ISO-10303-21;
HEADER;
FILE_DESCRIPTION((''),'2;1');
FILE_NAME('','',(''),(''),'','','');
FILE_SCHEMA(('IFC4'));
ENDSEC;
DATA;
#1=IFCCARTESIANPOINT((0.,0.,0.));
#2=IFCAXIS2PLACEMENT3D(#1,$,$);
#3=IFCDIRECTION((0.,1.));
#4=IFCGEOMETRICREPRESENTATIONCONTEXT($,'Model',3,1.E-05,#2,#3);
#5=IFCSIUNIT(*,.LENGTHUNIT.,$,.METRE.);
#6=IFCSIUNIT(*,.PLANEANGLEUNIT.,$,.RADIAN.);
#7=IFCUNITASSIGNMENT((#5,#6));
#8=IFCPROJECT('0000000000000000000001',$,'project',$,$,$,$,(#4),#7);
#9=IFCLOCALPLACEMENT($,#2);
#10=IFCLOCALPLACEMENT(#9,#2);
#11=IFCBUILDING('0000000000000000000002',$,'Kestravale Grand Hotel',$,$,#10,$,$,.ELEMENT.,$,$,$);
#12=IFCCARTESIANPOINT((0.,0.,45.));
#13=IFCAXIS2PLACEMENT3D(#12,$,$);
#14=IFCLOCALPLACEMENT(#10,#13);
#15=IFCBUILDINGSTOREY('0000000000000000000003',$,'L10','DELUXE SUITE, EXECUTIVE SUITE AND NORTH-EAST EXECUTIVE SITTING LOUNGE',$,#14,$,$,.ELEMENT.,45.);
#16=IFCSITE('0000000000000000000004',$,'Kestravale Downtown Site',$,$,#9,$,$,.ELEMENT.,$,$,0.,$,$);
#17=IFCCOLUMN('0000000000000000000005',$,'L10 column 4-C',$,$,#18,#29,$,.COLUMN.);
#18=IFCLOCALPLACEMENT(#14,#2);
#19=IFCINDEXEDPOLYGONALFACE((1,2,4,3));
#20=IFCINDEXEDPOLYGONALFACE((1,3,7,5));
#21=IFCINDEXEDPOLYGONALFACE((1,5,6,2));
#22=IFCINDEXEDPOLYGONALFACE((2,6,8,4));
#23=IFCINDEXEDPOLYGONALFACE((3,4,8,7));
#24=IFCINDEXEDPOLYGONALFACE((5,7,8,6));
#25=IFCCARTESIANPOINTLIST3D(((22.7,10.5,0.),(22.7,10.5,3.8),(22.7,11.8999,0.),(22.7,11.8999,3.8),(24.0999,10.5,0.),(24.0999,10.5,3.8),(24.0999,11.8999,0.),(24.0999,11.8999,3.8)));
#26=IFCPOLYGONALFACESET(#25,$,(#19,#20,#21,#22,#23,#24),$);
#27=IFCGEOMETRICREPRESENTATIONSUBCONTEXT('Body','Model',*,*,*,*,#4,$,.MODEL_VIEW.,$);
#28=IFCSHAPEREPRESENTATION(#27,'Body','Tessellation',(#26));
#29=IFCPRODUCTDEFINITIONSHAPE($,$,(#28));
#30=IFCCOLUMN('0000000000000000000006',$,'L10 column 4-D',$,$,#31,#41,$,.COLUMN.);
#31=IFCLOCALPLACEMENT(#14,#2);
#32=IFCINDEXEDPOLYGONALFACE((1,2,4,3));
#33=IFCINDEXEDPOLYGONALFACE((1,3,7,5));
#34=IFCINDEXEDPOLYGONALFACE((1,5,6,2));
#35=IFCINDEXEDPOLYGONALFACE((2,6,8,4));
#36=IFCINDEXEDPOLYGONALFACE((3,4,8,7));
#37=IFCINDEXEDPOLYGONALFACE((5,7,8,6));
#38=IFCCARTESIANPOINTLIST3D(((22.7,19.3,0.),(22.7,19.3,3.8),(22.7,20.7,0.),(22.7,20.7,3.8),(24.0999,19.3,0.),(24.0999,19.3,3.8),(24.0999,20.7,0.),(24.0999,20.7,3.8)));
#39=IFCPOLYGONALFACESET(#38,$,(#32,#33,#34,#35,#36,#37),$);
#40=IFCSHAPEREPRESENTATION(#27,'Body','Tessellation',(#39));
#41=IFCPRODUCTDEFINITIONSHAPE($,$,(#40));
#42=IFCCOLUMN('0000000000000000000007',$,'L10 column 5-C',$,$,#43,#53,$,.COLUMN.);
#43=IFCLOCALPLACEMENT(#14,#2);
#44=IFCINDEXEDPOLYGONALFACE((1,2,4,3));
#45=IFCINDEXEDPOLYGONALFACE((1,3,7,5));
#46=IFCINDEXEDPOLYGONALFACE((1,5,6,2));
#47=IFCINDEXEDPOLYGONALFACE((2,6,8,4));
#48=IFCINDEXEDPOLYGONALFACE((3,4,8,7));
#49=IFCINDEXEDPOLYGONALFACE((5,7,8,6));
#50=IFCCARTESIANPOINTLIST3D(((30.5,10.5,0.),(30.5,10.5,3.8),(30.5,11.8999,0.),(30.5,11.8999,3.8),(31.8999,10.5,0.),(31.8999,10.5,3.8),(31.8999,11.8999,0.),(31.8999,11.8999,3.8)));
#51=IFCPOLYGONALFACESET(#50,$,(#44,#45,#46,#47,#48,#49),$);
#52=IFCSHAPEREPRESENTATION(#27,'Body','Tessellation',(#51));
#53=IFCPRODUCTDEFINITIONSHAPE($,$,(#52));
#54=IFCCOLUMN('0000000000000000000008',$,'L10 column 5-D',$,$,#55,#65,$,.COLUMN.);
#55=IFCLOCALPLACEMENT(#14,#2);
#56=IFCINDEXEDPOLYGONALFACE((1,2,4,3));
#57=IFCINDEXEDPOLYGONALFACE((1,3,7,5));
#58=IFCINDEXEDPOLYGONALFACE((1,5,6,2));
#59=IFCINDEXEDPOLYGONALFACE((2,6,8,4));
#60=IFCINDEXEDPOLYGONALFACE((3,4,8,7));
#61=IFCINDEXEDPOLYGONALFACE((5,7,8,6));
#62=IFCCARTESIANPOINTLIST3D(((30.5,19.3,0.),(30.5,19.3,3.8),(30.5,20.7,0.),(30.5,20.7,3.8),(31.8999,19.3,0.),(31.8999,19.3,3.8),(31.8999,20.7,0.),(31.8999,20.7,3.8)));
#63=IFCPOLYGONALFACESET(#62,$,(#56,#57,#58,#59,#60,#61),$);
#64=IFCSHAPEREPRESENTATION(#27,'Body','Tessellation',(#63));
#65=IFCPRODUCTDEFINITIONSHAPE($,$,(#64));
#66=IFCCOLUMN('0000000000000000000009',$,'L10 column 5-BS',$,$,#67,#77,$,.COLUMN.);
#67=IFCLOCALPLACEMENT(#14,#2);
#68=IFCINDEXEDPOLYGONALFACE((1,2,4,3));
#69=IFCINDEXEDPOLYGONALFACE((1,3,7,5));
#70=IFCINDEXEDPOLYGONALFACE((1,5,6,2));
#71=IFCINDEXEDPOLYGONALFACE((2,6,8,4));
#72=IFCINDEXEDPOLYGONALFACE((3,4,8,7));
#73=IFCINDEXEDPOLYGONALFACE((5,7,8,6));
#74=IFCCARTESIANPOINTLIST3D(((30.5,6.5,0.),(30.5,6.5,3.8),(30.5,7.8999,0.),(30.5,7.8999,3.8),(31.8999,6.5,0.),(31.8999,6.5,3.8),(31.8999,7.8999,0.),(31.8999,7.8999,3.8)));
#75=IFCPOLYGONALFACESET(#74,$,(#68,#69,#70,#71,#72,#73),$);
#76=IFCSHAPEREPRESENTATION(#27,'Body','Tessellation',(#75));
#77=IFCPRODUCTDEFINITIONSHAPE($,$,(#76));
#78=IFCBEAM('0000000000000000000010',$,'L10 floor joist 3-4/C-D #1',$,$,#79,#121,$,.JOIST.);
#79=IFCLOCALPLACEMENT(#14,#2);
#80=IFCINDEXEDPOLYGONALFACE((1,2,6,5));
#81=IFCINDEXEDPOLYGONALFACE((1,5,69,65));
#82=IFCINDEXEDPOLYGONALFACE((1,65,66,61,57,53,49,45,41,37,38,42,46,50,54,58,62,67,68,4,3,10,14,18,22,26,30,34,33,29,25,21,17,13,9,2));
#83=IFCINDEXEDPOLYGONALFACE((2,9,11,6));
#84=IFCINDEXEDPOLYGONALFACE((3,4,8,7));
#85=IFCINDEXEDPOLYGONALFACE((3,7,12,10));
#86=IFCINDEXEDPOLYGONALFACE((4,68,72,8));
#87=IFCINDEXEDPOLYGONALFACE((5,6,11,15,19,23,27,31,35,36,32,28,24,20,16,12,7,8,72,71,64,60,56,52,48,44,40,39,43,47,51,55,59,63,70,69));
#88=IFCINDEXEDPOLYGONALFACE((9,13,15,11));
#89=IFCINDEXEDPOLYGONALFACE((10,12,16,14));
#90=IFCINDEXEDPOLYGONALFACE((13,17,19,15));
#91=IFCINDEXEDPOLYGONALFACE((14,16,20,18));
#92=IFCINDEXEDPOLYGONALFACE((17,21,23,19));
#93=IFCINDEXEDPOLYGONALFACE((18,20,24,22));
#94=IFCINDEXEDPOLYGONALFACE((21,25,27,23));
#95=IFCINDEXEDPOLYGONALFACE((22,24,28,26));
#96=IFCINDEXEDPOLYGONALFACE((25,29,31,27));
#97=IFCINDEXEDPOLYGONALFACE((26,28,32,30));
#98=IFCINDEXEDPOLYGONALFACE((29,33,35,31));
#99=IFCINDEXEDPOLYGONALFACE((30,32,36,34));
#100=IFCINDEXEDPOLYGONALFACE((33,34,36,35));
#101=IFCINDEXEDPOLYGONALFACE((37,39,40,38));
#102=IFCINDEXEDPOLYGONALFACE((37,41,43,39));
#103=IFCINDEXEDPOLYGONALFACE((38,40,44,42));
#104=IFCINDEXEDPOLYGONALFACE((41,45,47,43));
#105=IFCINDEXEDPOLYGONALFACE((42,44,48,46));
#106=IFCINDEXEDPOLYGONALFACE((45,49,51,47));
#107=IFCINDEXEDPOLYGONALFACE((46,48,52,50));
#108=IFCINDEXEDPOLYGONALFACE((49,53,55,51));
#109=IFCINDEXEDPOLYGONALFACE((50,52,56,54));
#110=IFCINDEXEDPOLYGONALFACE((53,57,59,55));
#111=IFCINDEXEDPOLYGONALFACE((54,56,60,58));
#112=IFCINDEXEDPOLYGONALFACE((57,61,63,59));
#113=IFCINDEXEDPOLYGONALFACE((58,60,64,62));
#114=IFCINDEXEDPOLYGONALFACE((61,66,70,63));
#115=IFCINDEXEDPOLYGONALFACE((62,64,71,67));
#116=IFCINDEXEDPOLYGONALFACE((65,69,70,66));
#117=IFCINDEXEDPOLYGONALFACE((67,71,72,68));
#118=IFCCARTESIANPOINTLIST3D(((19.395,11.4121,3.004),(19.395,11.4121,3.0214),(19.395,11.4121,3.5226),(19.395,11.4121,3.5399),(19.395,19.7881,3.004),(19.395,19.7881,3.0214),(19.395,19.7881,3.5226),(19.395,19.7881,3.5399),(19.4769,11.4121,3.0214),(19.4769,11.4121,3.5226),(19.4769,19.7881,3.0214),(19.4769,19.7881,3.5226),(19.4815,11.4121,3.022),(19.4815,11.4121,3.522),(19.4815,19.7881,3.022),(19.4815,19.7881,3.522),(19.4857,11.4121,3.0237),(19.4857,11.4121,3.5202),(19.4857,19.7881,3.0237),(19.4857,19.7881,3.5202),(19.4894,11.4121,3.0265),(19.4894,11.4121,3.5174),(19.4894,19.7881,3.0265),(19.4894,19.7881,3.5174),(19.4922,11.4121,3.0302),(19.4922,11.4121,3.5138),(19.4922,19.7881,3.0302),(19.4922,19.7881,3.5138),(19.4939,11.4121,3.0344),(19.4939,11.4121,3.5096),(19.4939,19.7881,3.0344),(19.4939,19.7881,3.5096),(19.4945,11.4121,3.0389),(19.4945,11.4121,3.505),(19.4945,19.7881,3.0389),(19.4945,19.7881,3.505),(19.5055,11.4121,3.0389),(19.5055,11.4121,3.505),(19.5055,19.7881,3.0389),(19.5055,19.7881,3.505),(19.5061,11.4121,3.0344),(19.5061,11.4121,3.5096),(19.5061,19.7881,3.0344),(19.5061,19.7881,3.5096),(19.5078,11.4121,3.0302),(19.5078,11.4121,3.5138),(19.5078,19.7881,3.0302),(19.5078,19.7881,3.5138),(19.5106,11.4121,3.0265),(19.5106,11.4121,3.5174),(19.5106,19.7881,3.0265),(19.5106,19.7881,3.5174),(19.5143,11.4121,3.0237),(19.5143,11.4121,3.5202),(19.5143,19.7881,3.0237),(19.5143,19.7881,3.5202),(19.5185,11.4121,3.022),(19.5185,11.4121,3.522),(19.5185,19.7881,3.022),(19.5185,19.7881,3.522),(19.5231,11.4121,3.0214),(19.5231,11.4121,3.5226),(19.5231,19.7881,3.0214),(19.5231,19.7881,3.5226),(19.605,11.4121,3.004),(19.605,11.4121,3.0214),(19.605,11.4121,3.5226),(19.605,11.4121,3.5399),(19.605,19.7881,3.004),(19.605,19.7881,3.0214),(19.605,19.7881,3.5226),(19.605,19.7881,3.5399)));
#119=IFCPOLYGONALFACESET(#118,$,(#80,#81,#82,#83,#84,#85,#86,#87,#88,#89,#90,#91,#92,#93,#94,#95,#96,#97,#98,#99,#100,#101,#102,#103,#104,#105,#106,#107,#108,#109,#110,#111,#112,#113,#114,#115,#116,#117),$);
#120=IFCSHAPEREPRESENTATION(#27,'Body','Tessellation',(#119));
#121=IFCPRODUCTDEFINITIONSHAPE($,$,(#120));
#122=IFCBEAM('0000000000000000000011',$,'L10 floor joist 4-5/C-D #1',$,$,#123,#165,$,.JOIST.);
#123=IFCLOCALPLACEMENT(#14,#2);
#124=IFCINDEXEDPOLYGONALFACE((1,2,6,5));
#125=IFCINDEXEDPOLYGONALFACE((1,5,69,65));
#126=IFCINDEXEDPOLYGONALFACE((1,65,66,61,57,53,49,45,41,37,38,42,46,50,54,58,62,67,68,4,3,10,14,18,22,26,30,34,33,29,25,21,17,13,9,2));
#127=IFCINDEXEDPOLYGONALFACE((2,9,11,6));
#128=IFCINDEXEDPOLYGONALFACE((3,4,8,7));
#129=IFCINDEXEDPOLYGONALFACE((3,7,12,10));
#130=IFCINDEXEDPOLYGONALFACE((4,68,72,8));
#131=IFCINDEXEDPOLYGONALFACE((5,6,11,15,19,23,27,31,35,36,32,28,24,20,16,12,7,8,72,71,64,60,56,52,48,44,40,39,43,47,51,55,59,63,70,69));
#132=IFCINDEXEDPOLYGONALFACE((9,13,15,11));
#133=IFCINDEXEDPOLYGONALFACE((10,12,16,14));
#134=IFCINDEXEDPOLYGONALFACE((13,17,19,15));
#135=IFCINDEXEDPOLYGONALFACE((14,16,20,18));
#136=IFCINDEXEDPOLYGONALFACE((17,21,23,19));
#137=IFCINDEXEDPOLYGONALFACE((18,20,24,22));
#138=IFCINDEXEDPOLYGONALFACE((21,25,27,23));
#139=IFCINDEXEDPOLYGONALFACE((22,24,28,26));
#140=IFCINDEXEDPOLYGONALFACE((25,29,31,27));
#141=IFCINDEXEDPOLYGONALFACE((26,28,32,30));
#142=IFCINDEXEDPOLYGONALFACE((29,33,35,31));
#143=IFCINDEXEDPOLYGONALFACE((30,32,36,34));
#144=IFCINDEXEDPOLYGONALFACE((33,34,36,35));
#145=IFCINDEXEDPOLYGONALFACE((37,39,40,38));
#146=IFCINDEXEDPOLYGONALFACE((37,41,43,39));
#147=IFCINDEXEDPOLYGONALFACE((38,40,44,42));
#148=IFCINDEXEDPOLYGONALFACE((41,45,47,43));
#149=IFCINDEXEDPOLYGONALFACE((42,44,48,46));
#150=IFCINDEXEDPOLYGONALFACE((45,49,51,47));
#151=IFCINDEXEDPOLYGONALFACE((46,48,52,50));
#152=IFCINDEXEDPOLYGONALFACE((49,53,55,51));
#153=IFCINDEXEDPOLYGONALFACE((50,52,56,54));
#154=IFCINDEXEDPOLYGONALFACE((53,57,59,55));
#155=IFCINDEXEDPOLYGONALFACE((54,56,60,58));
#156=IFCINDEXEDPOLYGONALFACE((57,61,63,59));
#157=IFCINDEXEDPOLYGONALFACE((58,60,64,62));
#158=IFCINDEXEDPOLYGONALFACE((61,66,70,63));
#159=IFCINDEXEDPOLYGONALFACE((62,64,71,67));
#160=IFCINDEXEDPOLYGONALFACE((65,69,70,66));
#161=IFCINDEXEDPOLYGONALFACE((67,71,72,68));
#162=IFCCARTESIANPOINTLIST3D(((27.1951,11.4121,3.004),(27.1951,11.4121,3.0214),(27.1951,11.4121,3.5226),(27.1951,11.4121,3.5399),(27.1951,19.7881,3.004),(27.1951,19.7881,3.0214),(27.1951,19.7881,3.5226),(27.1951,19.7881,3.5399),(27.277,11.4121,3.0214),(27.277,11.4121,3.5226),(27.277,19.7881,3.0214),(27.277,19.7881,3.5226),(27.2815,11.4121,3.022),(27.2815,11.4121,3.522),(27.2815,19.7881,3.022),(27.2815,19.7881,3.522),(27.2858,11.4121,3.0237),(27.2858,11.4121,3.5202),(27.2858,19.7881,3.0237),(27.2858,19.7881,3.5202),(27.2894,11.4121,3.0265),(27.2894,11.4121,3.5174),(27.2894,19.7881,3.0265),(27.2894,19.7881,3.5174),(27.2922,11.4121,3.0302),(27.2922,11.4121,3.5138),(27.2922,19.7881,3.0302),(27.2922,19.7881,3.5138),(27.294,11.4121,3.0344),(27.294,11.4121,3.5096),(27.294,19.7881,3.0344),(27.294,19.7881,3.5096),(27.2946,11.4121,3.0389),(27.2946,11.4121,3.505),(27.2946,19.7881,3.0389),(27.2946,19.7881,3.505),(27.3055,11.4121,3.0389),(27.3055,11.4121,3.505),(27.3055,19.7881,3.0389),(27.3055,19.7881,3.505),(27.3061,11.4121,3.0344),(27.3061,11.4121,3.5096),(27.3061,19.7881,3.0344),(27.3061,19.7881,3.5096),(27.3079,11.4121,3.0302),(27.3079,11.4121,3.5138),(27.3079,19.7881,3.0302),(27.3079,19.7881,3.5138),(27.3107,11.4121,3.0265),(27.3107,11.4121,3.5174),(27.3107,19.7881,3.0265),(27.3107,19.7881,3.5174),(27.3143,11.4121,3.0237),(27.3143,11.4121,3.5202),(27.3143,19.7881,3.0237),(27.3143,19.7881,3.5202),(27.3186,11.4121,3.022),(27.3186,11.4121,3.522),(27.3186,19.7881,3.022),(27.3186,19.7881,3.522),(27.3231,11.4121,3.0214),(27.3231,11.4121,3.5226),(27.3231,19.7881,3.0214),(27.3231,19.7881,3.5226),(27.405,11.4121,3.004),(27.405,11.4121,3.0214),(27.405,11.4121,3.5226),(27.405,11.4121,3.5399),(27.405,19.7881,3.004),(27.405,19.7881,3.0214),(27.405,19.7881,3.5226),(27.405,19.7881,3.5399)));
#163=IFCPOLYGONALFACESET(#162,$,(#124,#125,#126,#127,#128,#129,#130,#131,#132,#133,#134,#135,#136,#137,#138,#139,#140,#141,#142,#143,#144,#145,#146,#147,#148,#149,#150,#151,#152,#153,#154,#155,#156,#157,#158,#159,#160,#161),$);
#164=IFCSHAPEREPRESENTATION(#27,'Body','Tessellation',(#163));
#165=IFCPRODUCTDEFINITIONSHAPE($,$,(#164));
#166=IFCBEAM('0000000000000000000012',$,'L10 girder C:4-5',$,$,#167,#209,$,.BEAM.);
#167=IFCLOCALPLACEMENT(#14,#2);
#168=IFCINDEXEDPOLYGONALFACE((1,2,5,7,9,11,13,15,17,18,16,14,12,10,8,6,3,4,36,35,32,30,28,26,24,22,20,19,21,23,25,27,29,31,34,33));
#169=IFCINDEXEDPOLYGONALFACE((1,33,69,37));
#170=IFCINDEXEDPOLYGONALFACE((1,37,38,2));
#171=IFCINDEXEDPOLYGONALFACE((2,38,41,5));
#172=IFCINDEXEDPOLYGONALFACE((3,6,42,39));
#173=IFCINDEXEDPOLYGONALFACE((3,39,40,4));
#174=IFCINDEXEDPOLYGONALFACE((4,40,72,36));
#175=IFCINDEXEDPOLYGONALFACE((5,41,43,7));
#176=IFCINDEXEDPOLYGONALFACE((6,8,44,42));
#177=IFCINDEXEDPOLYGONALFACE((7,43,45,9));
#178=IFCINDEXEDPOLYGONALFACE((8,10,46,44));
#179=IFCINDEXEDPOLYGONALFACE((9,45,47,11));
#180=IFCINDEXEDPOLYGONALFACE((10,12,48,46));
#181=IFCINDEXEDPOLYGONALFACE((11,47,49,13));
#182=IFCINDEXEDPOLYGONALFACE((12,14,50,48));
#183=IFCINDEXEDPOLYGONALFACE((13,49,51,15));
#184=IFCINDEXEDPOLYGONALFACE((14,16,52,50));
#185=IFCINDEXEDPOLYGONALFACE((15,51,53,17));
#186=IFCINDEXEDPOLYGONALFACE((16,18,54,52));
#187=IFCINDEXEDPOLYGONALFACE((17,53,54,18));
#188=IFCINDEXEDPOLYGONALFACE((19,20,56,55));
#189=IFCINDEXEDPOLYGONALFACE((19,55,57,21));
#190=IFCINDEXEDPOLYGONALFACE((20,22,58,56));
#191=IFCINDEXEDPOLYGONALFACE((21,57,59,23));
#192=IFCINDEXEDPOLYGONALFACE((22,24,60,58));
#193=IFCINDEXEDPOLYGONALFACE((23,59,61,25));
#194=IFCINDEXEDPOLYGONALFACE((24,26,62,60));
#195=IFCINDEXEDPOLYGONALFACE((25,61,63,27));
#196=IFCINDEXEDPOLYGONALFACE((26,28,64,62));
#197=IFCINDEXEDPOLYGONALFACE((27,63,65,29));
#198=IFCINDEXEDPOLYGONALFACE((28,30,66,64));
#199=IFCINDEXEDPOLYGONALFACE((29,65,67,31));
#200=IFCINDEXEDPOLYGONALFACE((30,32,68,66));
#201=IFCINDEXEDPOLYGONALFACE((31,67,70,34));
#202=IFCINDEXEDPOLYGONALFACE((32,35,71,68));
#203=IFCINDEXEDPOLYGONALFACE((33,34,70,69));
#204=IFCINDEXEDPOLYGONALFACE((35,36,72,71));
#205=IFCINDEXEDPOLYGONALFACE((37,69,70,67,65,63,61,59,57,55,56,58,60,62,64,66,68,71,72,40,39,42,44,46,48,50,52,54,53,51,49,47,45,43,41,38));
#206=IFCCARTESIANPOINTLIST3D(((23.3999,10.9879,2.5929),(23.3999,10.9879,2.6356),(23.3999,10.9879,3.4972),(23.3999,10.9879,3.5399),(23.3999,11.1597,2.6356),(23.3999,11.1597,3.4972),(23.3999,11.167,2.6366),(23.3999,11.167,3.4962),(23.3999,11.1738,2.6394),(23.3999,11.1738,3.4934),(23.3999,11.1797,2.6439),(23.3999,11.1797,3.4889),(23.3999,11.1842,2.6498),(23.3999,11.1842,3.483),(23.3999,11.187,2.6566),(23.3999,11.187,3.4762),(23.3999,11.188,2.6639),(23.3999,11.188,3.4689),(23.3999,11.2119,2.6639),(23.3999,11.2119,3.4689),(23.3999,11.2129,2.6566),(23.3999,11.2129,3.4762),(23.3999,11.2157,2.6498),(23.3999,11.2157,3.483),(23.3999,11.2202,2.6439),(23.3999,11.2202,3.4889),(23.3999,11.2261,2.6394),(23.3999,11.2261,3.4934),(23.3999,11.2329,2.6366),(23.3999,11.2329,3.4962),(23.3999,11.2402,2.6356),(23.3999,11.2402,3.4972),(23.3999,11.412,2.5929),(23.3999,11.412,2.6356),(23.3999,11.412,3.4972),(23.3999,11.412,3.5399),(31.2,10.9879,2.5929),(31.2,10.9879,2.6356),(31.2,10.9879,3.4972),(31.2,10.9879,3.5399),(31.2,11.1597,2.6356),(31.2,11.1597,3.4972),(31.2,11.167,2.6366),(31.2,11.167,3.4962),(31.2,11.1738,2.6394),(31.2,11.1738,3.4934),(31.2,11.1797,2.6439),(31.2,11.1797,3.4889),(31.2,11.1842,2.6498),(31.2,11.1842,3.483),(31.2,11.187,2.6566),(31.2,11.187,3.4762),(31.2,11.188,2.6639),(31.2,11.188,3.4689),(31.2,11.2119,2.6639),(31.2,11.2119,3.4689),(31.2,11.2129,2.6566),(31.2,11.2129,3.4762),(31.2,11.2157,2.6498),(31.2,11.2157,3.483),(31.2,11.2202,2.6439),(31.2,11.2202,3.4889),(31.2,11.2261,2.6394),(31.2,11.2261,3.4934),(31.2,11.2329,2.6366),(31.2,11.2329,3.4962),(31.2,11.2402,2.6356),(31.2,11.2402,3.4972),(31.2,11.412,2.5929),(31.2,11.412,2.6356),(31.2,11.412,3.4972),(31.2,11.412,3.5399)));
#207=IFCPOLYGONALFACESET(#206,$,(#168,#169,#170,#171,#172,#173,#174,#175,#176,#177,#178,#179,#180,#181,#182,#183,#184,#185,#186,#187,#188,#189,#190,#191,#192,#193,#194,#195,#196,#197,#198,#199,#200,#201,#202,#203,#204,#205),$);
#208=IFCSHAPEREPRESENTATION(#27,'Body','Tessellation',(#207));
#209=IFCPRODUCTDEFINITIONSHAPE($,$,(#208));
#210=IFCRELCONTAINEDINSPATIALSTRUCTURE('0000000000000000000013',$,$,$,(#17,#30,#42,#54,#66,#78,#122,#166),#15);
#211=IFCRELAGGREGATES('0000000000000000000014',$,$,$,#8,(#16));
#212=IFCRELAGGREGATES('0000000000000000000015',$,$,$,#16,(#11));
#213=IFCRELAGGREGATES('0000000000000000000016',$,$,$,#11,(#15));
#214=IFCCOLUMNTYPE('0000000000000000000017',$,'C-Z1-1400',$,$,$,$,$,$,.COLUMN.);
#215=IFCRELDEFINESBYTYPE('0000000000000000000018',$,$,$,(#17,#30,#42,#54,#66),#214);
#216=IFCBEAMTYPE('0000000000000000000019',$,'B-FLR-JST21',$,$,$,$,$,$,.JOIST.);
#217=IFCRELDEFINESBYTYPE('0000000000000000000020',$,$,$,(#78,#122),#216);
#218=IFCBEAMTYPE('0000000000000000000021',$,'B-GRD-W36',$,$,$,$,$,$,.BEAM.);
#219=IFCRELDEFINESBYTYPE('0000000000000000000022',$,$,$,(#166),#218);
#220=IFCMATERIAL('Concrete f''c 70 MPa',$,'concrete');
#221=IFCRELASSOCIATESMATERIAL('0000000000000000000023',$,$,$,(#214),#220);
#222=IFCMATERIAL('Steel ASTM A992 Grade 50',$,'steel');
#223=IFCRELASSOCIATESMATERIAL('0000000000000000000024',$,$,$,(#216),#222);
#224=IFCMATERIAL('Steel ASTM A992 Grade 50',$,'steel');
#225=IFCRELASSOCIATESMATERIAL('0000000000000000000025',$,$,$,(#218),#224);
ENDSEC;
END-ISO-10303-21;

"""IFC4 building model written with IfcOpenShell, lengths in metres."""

from ifc_helpers import new_model, si_unit, direction, frame, origin, origin_2d, place, context, subcontext, project, spatial, rectangle, i_section, extrude, material, material_profile, profile_set, type_object, element, save


model = new_model("IFC4")

# Units and contexts
model_context = context("Model", 3, precision=1e-05, world=origin(), true_north=direction((0.0, 1.0)))
body_context = subcontext(model_context, "Body", "Model", "MODEL_VIEW")
ifc_project = project(units=[si_unit("LENGTHUNIT", "METRE"), si_unit("PLANEANGLEUNIT", "RADIAN")], contexts=[model_context])

# Site, building, storey
site_placement = place(None, origin())
site = spatial("IfcSite", under=ifc_project, at=site_placement, Name="Kestravale Downtown Site", CompositionType="ELEMENT", RefElevation=0.0)
building_placement = place(site_placement, origin())
building = spatial("IfcBuilding", under=site, at=building_placement, Name="Kestravale Grand Hotel", CompositionType="ELEMENT")
storey_placement = place(building_placement, frame((0.0, 0.0, 45.0)))
storey = spatial("IfcBuildingStorey", under=building, at=storey_placement, Name="L10", Description="DELUXE SUITE, EXECUTIVE SUITE AND NORTH-EAST EXECUTIVE SITTING LOUNGE", CompositionType="ELEMENT", Elevation=45.0)

# Columns
ifc_material_1 = material(Name="Concrete f'c 70 MPa", Category="concrete")
ifc_material_profile_1 = material_profile(ifc_material_1, rectangle(XDim=1.3999, YDim=1.3999, at=origin_2d()))
ifc_profile_set_1 = profile_set([ifc_material_profile_1], Name="Concrete f'c 70 MPa")
column_type = type_object("IfcColumnType", Name="C-Z1-1400", PredefinedType="COLUMN", material=ifc_profile_set_1)
for number, where, z_axis, x_axis, name in (
    (1, (23.3999, 11.2, 0.0), (0.0, 0.0, 1.0), (1.0, 0.0, 0.0), "L10 column 4-C"),
    (2, (23.3999, 20.0, 0.0), (0.0, 0.0, 1.0), (1.0, 0.0, 0.0), "L10 column 4-D"),
    (3, (31.2, 11.2, 0.0), (0.0, 0.0, 1.0), (1.0, 0.0, 0.0), "L10 column 5-C"),
    (4, (31.2, 20.0, 0.0), (0.0, 0.0, 1.0), (1.0, 0.0, 0.0), "L10 column 5-D"),
    (5, (31.2, 7.2, 0.0), (0.0, 0.0, 1.0), (1.0, 0.0, 0.0), "L10 column 5-BS"),
):
    element("IfcColumn", number, at=place(storey_placement, frame(where, z_axis=z_axis, x_axis=x_axis)), inside=storey, type_object=column_type, Name=name, PredefinedType="COLUMN", context=body_context, shape_type="SweptSolid", body=[
        extrude(rectangle(XDim=1.3999, YDim=1.3999, at=origin_2d()), origin(), (0.0, 0.0, 1.0), 3.8),
    ])

# Beams
ifc_material_2 = material(Name="Steel ASTM A992 Grade 50", Category="steel")
ifc_material_profile_2 = material_profile(ifc_material_2, i_section(OverallWidth=0.21, OverallDepth=0.5359, WebThickness=0.011, FlangeThickness=0.0173, FilletRadius=0.0176, at=origin_2d()))
ifc_profile_set_2 = profile_set([ifc_material_profile_2], Name="Steel ASTM A992 Grade 50")
beam_type_1 = type_object("IfcBeamType", Name="B-FLR-JST21", PredefinedType="JOIST", material=ifc_profile_set_2)
for number, where, z_axis, x_axis, name in (
    (6, (19.5, 11.4121, 3.272), (0.0, 1.0, 0.0), (-1.0, 0.0, 0.0), "L10 floor joist 3-4/C-D #1"),
    (7, (27.3, 11.4121, 3.272), (0.0, 1.0, 0.0), (-1.0, 0.0, 0.0), "L10 floor joist 4-5/C-D #1"),
):
    element("IfcBeam", number, at=place(storey_placement, frame(where, z_axis=z_axis, x_axis=x_axis)), inside=storey, type_object=beam_type_1, Name=name, PredefinedType="JOIST", context=body_context, shape_type="SweptSolid", body=[
        extrude(i_section(OverallWidth=0.21, OverallDepth=0.5359, WebThickness=0.011, FlangeThickness=0.0173, FilletRadius=0.0176, at=origin_2d()), origin(), (0.0, 0.0, 1.0), 8.376),
    ])
ifc_material_3 = material(Name="Steel ASTM A992 Grade 50", Category="steel")
ifc_material_profile_3 = material_profile(ifc_material_3, i_section(OverallWidth=0.4241, OverallDepth=0.947, WebThickness=0.0239, FlangeThickness=0.0427, FilletRadius=0.0283, at=origin_2d()))
ifc_profile_set_3 = profile_set([ifc_material_profile_3], Name="Steel ASTM A992 Grade 50")
beam_type_2 = type_object("IfcBeamType", Name="B-GRD-W36", PredefinedType="BEAM", material=ifc_profile_set_3)
for number, where, z_axis, x_axis, name in (
    (8, (23.3999, 11.2, 3.0664), (1.0, 0.0, 0.0), (0.0, 1.0, 0.0), "L10 girder C:4-5"),
):
    element("IfcBeam", number, at=place(storey_placement, frame(where, z_axis=z_axis, x_axis=x_axis)), inside=storey, type_object=beam_type_2, Name=name, PredefinedType="BEAM", context=body_context, shape_type="SweptSolid", body=[
        extrude(i_section(OverallWidth=0.4241, OverallDepth=0.947, WebThickness=0.0239, FlangeThickness=0.0427, FilletRadius=0.0283, at=origin_2d()), origin(), (0.0, 0.0, 1.0), 7.8),
    ])

save(model, "model.ifc")
